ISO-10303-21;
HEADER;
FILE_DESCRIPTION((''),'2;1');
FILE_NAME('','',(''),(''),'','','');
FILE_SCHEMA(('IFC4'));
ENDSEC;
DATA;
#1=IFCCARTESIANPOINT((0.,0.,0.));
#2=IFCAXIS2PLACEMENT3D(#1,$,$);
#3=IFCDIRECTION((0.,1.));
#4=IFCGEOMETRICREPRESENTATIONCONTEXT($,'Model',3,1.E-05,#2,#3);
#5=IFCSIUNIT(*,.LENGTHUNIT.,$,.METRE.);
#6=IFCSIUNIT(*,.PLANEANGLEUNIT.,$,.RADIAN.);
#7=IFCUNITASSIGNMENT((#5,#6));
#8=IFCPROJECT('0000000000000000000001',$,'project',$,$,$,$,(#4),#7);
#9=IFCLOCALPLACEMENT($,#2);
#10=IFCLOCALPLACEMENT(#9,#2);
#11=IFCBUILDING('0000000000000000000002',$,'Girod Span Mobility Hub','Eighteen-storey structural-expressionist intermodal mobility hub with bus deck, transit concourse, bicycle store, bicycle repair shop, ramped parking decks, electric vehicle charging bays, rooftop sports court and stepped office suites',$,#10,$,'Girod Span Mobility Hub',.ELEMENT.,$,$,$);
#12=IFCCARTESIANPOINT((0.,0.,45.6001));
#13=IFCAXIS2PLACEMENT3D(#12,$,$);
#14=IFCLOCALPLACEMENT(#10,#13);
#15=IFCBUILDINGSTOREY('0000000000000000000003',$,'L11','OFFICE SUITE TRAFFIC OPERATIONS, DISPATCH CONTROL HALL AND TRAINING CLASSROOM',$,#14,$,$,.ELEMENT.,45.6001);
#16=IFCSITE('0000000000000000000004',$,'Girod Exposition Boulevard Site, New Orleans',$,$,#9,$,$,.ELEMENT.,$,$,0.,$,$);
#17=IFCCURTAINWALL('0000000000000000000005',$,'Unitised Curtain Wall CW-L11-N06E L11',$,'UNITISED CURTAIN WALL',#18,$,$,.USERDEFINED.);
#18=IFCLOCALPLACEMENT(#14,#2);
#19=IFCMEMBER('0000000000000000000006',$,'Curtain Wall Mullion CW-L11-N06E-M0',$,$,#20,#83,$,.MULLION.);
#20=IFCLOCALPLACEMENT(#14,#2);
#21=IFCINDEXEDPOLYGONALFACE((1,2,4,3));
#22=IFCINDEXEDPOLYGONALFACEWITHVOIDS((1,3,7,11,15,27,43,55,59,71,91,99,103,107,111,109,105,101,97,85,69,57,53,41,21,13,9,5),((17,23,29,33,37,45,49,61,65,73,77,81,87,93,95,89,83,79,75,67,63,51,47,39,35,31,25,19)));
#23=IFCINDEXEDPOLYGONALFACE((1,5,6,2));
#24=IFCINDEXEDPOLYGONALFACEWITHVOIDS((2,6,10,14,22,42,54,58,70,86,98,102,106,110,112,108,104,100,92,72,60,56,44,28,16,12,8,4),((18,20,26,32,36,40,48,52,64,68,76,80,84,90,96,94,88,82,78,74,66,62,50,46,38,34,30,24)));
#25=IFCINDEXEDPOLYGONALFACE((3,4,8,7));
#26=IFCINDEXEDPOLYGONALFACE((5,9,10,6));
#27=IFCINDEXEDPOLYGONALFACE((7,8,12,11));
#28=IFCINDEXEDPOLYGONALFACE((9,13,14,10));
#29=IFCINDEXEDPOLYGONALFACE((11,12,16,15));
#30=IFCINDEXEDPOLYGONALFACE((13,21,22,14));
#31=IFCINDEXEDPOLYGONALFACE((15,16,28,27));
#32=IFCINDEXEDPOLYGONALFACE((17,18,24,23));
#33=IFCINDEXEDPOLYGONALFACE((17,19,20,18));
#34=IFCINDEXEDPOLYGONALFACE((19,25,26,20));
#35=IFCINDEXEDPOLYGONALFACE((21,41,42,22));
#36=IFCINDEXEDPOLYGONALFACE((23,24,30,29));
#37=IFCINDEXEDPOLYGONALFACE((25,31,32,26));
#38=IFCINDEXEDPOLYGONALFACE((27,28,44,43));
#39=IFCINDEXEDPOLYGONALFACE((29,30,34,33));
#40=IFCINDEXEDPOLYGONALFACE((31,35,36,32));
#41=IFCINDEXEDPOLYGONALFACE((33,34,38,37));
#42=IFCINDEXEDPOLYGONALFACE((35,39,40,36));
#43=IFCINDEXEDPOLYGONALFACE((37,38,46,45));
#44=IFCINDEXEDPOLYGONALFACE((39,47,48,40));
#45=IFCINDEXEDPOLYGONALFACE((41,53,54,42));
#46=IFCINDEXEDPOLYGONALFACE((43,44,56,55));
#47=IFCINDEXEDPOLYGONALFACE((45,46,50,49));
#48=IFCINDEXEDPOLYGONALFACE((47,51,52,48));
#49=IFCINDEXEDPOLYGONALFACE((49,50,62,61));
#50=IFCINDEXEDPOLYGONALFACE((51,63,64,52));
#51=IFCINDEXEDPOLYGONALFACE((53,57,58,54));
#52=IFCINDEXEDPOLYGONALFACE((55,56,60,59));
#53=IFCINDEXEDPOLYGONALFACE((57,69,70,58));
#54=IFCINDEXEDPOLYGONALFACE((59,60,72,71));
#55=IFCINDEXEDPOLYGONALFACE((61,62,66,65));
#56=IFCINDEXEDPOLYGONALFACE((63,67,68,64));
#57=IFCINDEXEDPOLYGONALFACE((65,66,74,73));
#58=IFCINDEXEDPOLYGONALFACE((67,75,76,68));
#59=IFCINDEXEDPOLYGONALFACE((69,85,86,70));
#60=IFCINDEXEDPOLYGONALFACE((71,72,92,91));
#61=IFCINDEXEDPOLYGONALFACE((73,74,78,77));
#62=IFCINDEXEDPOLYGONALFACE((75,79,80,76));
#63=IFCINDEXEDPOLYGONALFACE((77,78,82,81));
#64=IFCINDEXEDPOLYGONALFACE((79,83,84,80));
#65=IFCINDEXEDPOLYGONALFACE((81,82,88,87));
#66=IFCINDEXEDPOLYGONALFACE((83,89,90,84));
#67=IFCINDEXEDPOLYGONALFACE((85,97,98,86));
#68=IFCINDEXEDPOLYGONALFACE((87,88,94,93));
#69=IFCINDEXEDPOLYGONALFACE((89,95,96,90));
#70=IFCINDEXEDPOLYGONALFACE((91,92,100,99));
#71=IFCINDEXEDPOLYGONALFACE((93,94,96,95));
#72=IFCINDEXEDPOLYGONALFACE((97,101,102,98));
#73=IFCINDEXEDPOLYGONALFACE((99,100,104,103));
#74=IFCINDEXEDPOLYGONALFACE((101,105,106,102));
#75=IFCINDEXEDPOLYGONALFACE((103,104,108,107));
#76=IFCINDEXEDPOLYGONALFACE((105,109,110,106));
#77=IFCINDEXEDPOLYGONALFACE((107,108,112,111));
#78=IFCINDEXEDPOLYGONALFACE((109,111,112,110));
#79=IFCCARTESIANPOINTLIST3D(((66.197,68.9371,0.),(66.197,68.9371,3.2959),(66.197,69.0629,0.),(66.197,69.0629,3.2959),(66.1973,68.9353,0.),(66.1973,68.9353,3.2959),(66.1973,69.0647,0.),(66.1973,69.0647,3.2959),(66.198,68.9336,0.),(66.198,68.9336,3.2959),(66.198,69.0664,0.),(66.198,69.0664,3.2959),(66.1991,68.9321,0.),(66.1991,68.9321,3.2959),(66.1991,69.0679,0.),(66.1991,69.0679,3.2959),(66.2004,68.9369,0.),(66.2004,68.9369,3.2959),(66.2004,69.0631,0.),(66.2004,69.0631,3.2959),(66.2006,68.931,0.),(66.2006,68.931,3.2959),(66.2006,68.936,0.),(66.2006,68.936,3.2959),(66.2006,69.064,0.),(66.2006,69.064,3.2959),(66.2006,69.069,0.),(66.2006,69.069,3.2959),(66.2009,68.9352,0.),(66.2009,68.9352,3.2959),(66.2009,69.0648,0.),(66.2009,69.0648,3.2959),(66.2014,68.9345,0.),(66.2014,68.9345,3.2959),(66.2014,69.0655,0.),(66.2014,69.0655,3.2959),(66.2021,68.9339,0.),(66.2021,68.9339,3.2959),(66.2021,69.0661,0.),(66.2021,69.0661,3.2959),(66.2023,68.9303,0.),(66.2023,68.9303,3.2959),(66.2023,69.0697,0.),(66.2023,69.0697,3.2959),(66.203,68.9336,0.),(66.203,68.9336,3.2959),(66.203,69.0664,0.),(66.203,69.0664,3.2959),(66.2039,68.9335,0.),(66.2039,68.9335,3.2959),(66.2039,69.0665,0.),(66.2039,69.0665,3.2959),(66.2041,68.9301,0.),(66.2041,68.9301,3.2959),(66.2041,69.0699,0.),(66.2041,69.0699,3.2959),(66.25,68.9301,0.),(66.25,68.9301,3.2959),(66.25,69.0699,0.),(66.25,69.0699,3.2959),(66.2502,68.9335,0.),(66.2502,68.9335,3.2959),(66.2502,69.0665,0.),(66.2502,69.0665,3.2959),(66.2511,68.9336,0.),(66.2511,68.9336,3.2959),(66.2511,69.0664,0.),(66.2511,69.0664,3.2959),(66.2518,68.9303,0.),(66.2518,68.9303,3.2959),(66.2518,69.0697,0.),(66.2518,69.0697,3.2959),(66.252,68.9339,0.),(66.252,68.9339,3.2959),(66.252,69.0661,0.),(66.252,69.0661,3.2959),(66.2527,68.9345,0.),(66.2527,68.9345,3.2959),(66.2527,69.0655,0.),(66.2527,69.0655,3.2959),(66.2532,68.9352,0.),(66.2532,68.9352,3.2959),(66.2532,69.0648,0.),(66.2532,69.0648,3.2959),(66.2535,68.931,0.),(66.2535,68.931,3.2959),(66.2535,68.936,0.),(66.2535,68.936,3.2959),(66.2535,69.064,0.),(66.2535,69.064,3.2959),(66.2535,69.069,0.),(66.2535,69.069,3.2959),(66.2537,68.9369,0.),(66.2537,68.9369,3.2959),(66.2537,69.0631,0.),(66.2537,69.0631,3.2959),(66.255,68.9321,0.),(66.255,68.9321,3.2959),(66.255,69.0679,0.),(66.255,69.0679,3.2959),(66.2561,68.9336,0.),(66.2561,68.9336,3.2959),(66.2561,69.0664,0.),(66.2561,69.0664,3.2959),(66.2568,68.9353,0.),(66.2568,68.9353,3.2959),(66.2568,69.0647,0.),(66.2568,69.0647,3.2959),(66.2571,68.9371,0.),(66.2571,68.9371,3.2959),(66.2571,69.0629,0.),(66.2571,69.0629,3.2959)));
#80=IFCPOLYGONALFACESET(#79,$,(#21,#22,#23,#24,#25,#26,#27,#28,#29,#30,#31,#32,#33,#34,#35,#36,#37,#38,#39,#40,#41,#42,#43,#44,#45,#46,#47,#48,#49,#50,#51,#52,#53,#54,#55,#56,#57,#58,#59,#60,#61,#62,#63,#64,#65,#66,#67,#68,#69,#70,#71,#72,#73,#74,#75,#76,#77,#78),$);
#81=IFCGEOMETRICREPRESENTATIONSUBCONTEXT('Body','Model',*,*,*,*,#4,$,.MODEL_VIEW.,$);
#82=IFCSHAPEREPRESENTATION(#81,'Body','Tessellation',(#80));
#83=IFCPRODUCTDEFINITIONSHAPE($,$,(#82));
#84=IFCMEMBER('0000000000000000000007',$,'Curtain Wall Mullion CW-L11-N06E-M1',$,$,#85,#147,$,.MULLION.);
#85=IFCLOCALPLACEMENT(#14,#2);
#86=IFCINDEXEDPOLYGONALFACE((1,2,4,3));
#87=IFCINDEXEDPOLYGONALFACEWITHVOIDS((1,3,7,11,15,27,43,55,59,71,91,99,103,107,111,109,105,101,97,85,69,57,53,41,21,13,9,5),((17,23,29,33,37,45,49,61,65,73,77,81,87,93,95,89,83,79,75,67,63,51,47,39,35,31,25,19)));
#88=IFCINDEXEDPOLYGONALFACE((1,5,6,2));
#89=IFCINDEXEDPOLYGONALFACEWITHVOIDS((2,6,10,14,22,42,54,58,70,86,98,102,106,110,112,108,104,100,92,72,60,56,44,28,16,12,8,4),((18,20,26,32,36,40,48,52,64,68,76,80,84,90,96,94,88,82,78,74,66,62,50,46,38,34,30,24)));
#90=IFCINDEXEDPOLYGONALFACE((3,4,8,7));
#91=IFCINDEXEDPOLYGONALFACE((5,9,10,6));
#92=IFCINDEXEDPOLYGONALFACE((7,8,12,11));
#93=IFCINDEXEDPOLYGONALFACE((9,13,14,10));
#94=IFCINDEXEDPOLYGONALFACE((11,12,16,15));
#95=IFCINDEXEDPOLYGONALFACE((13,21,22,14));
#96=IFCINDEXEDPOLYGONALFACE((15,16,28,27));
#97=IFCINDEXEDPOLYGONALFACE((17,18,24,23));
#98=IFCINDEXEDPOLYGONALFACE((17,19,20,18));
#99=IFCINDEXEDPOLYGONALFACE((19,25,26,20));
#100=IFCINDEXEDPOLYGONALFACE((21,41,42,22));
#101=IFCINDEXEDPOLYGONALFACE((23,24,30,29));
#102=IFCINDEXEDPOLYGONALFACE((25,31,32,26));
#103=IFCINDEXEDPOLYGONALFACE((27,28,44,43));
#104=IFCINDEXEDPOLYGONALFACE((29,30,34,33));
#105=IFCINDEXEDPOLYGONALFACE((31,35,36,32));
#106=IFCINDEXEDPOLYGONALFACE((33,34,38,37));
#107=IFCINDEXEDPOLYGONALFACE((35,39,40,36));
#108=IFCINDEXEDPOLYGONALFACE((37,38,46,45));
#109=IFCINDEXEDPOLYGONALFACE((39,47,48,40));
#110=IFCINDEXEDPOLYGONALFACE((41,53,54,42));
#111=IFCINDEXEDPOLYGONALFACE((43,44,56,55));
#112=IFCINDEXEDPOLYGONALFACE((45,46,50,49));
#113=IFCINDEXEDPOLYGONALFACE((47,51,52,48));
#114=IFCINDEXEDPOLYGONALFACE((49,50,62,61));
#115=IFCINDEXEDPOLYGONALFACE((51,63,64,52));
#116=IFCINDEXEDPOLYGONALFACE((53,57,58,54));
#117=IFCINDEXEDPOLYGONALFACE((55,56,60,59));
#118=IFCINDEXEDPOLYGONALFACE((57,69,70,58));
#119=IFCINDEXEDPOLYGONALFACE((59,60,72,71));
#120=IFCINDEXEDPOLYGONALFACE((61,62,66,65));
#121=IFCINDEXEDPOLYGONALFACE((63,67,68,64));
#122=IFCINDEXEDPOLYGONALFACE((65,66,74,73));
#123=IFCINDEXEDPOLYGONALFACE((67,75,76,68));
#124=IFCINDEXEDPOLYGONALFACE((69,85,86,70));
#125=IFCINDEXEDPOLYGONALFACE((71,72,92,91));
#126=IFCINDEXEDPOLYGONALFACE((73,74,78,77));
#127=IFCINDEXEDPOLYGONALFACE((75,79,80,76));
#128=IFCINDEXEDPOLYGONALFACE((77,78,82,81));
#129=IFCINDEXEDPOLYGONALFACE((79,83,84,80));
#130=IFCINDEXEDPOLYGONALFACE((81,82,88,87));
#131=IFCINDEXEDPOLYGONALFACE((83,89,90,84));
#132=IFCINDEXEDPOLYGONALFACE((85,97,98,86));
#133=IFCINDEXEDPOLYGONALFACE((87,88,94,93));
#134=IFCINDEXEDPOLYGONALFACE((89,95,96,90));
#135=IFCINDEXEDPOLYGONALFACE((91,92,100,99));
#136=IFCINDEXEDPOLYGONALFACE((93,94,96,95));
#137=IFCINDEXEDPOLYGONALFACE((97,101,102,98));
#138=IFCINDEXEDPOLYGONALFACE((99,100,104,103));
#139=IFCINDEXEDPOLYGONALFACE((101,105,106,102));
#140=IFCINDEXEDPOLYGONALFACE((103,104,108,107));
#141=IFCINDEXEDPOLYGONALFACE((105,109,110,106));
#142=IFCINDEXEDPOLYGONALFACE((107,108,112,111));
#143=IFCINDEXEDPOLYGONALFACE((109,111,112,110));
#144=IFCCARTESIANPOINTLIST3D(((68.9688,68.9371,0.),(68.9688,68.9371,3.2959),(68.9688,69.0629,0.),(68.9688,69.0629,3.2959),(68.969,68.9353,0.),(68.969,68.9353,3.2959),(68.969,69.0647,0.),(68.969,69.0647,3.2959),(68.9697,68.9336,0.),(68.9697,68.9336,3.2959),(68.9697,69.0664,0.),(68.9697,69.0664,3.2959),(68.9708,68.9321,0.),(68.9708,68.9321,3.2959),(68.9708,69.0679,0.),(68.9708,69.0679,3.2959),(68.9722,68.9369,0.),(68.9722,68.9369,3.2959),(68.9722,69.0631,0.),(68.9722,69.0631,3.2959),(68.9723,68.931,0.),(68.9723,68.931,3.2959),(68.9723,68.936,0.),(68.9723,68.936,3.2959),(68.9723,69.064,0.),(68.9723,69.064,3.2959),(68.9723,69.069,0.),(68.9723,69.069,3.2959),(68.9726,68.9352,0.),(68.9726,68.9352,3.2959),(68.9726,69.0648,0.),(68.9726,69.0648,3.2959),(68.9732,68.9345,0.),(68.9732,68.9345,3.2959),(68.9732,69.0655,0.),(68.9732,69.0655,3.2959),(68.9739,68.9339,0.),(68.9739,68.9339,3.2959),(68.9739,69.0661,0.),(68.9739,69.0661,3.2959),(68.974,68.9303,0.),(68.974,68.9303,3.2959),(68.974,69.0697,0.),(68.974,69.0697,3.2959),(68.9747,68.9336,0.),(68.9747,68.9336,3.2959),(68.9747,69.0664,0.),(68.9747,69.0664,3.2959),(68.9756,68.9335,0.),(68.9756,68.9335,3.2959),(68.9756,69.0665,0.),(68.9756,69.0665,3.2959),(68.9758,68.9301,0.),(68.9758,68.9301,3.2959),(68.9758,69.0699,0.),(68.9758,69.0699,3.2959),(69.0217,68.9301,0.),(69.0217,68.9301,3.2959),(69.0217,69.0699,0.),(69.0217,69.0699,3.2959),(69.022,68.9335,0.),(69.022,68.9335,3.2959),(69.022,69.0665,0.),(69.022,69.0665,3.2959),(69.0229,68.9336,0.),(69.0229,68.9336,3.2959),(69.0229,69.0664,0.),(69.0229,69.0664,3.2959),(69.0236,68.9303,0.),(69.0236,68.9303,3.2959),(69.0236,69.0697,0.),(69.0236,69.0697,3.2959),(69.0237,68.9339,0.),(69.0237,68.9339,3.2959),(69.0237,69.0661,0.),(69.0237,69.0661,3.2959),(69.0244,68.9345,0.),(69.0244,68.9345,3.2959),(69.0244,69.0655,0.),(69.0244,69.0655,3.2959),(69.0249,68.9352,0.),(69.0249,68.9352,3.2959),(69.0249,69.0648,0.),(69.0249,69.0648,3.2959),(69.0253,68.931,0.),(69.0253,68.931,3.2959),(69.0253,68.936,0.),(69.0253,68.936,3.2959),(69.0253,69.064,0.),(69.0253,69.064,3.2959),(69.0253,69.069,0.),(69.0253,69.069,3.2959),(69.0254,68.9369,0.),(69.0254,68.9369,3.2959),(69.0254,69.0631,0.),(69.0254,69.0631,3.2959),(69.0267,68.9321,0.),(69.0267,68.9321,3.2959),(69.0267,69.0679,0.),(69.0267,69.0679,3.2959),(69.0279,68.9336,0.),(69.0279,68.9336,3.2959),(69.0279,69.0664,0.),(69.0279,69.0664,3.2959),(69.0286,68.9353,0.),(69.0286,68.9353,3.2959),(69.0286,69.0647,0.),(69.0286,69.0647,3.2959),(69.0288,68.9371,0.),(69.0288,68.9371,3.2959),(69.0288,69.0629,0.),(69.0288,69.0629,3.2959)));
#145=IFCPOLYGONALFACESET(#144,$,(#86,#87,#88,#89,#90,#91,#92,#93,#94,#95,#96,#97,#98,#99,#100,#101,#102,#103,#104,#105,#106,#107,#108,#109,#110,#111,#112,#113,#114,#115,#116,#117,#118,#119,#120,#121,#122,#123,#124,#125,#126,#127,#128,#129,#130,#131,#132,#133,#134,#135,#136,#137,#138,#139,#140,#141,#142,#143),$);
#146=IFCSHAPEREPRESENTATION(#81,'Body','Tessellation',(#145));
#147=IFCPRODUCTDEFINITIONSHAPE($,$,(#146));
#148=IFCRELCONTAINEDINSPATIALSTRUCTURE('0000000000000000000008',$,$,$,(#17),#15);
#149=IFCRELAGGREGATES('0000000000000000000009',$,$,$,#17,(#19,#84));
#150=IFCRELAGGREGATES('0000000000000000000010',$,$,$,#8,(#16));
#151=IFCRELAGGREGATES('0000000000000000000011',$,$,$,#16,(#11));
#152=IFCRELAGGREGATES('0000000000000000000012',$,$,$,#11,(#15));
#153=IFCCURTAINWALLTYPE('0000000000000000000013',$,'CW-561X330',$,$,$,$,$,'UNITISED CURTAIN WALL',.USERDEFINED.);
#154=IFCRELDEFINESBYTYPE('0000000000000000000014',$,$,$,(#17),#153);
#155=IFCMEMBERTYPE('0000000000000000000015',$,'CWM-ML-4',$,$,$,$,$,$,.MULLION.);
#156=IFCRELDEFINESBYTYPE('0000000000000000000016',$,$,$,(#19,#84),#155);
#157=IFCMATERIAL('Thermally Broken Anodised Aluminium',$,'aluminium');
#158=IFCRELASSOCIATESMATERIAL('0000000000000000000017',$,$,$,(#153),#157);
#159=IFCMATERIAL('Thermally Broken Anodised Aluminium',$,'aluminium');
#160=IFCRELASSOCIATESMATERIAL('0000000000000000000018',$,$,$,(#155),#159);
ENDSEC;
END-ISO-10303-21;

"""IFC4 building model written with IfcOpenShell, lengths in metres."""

from ifc_helpers import new_model, si_unit, direction, frame, origin, origin_2d, place, context, subcontext, project, spatial, hollow_rectangle, extrude, material, material_profile, profile_set, type_object, element, aggregate, save


model = new_model("IFC4")

# Units and contexts
model_context = context("Model", 3, precision=1e-05, world=origin(), true_north=direction((0.0, 1.0)))
body_context = subcontext(model_context, "Body", "Model", "MODEL_VIEW")
ifc_project = project(units=[si_unit("LENGTHUNIT", "METRE"), si_unit("PLANEANGLEUNIT", "RADIAN")], contexts=[model_context])

# Site, building, storey
site_placement = place(None, origin())
site = spatial("IfcSite", under=ifc_project, at=site_placement, Name="Girod Exposition Boulevard Site, New Orleans", CompositionType="ELEMENT", RefElevation=0.0)
building_placement = place(site_placement, origin())
building = spatial("IfcBuilding", under=site, at=building_placement, Name="Girod Span Mobility Hub", Description="Eighteen-storey structural-expressionist intermodal mobility hub with bus deck, transit concourse, bicycle store, bicycle repair shop, ramped parking decks, electric vehicle charging bays, rooftop sports court and stepped office suites", LongName="Girod Span Mobility Hub", CompositionType="ELEMENT")
storey_placement = place(building_placement, frame((0.0, 0.0, 45.6001)))
storey = spatial("IfcBuildingStorey", under=building, at=storey_placement, Name="L11", Description="OFFICE SUITE TRAFFIC OPERATIONS, DISPATCH CONTROL HALL AND TRAINING CLASSROOM", CompositionType="ELEMENT", Elevation=45.6001)

# Curtain wall, members
ifc_material_1 = material(Name="Thermally Broken Anodised Aluminium", Category="aluminium")
curtain_wall_type = type_object("IfcCurtainWallType", Name="CW-561X330", ElementType="UNITISED CURTAIN WALL", PredefinedType="USERDEFINED", material=ifc_material_1)
ifc_material_2 = material(Name="Thermally Broken Anodised Aluminium", Category="aluminium")
ifc_material_profile_1 = material_profile(ifc_material_2, hollow_rectangle(XDim=0.1399, YDim=0.0601, WallThickness=0.0034, InnerFilletRadius=0.0034, OuterFilletRadius=0.0071, at=origin_2d()), Name="CW-ML-60X140")
ifc_profile_set_1 = profile_set([ifc_material_profile_1], Name="Thermally Broken Anodised Aluminium")
member_type_1 = type_object("IfcMemberType", Name="CWM-ML-4", PredefinedType="MULLION", material=ifc_profile_set_1)
curtain_wall_1_placement = place(storey_placement, origin())
curtain_wall_1 = element("IfcCurtainWall", 1, at=curtain_wall_1_placement, inside=storey, type_object=curtain_wall_type, Name="Unitised Curtain Wall CW-L11-N06E L11", ObjectType="UNITISED CURTAIN WALL", PredefinedType="USERDEFINED")
member_1_placement = place(storey_placement, frame((66.2271, 69.0, 0.0), z_axis=(0.0, 0.0, 1.0), x_axis=(0.0, 1.0, 0.0)))
member_1 = element("IfcMember", 2, at=member_1_placement, type_object=member_type_1, Name="Curtain Wall Mullion CW-L11-N06E-M0", PredefinedType="MULLION", context=body_context, shape_type="SweptSolid", body=[
    extrude(hollow_rectangle(XDim=0.1399, YDim=0.0601, WallThickness=0.0034, InnerFilletRadius=0.0034, OuterFilletRadius=0.0071, at=origin_2d()), origin(), (0.0, 0.0, 1.0), 3.2959),
])
member_2_placement = place(storey_placement, frame((68.9988, 69.0, 0.0), z_axis=(0.0, 0.0, 1.0), x_axis=(0.0, 1.0, 0.0)))
member_2 = element("IfcMember", 3, at=member_2_placement, type_object=member_type_1, Name="Curtain Wall Mullion CW-L11-N06E-M1", PredefinedType="MULLION", context=body_context, shape_type="SweptSolid", body=[
    extrude(hollow_rectangle(XDim=0.1399, YDim=0.0601, WallThickness=0.0034, InnerFilletRadius=0.0034, OuterFilletRadius=0.0071, at=origin_2d()), origin(), (0.0, 0.0, 1.0), 3.2959),
])

aggregate(curtain_wall_1, [member_1, member_2])

save(model, "model.ifc")
